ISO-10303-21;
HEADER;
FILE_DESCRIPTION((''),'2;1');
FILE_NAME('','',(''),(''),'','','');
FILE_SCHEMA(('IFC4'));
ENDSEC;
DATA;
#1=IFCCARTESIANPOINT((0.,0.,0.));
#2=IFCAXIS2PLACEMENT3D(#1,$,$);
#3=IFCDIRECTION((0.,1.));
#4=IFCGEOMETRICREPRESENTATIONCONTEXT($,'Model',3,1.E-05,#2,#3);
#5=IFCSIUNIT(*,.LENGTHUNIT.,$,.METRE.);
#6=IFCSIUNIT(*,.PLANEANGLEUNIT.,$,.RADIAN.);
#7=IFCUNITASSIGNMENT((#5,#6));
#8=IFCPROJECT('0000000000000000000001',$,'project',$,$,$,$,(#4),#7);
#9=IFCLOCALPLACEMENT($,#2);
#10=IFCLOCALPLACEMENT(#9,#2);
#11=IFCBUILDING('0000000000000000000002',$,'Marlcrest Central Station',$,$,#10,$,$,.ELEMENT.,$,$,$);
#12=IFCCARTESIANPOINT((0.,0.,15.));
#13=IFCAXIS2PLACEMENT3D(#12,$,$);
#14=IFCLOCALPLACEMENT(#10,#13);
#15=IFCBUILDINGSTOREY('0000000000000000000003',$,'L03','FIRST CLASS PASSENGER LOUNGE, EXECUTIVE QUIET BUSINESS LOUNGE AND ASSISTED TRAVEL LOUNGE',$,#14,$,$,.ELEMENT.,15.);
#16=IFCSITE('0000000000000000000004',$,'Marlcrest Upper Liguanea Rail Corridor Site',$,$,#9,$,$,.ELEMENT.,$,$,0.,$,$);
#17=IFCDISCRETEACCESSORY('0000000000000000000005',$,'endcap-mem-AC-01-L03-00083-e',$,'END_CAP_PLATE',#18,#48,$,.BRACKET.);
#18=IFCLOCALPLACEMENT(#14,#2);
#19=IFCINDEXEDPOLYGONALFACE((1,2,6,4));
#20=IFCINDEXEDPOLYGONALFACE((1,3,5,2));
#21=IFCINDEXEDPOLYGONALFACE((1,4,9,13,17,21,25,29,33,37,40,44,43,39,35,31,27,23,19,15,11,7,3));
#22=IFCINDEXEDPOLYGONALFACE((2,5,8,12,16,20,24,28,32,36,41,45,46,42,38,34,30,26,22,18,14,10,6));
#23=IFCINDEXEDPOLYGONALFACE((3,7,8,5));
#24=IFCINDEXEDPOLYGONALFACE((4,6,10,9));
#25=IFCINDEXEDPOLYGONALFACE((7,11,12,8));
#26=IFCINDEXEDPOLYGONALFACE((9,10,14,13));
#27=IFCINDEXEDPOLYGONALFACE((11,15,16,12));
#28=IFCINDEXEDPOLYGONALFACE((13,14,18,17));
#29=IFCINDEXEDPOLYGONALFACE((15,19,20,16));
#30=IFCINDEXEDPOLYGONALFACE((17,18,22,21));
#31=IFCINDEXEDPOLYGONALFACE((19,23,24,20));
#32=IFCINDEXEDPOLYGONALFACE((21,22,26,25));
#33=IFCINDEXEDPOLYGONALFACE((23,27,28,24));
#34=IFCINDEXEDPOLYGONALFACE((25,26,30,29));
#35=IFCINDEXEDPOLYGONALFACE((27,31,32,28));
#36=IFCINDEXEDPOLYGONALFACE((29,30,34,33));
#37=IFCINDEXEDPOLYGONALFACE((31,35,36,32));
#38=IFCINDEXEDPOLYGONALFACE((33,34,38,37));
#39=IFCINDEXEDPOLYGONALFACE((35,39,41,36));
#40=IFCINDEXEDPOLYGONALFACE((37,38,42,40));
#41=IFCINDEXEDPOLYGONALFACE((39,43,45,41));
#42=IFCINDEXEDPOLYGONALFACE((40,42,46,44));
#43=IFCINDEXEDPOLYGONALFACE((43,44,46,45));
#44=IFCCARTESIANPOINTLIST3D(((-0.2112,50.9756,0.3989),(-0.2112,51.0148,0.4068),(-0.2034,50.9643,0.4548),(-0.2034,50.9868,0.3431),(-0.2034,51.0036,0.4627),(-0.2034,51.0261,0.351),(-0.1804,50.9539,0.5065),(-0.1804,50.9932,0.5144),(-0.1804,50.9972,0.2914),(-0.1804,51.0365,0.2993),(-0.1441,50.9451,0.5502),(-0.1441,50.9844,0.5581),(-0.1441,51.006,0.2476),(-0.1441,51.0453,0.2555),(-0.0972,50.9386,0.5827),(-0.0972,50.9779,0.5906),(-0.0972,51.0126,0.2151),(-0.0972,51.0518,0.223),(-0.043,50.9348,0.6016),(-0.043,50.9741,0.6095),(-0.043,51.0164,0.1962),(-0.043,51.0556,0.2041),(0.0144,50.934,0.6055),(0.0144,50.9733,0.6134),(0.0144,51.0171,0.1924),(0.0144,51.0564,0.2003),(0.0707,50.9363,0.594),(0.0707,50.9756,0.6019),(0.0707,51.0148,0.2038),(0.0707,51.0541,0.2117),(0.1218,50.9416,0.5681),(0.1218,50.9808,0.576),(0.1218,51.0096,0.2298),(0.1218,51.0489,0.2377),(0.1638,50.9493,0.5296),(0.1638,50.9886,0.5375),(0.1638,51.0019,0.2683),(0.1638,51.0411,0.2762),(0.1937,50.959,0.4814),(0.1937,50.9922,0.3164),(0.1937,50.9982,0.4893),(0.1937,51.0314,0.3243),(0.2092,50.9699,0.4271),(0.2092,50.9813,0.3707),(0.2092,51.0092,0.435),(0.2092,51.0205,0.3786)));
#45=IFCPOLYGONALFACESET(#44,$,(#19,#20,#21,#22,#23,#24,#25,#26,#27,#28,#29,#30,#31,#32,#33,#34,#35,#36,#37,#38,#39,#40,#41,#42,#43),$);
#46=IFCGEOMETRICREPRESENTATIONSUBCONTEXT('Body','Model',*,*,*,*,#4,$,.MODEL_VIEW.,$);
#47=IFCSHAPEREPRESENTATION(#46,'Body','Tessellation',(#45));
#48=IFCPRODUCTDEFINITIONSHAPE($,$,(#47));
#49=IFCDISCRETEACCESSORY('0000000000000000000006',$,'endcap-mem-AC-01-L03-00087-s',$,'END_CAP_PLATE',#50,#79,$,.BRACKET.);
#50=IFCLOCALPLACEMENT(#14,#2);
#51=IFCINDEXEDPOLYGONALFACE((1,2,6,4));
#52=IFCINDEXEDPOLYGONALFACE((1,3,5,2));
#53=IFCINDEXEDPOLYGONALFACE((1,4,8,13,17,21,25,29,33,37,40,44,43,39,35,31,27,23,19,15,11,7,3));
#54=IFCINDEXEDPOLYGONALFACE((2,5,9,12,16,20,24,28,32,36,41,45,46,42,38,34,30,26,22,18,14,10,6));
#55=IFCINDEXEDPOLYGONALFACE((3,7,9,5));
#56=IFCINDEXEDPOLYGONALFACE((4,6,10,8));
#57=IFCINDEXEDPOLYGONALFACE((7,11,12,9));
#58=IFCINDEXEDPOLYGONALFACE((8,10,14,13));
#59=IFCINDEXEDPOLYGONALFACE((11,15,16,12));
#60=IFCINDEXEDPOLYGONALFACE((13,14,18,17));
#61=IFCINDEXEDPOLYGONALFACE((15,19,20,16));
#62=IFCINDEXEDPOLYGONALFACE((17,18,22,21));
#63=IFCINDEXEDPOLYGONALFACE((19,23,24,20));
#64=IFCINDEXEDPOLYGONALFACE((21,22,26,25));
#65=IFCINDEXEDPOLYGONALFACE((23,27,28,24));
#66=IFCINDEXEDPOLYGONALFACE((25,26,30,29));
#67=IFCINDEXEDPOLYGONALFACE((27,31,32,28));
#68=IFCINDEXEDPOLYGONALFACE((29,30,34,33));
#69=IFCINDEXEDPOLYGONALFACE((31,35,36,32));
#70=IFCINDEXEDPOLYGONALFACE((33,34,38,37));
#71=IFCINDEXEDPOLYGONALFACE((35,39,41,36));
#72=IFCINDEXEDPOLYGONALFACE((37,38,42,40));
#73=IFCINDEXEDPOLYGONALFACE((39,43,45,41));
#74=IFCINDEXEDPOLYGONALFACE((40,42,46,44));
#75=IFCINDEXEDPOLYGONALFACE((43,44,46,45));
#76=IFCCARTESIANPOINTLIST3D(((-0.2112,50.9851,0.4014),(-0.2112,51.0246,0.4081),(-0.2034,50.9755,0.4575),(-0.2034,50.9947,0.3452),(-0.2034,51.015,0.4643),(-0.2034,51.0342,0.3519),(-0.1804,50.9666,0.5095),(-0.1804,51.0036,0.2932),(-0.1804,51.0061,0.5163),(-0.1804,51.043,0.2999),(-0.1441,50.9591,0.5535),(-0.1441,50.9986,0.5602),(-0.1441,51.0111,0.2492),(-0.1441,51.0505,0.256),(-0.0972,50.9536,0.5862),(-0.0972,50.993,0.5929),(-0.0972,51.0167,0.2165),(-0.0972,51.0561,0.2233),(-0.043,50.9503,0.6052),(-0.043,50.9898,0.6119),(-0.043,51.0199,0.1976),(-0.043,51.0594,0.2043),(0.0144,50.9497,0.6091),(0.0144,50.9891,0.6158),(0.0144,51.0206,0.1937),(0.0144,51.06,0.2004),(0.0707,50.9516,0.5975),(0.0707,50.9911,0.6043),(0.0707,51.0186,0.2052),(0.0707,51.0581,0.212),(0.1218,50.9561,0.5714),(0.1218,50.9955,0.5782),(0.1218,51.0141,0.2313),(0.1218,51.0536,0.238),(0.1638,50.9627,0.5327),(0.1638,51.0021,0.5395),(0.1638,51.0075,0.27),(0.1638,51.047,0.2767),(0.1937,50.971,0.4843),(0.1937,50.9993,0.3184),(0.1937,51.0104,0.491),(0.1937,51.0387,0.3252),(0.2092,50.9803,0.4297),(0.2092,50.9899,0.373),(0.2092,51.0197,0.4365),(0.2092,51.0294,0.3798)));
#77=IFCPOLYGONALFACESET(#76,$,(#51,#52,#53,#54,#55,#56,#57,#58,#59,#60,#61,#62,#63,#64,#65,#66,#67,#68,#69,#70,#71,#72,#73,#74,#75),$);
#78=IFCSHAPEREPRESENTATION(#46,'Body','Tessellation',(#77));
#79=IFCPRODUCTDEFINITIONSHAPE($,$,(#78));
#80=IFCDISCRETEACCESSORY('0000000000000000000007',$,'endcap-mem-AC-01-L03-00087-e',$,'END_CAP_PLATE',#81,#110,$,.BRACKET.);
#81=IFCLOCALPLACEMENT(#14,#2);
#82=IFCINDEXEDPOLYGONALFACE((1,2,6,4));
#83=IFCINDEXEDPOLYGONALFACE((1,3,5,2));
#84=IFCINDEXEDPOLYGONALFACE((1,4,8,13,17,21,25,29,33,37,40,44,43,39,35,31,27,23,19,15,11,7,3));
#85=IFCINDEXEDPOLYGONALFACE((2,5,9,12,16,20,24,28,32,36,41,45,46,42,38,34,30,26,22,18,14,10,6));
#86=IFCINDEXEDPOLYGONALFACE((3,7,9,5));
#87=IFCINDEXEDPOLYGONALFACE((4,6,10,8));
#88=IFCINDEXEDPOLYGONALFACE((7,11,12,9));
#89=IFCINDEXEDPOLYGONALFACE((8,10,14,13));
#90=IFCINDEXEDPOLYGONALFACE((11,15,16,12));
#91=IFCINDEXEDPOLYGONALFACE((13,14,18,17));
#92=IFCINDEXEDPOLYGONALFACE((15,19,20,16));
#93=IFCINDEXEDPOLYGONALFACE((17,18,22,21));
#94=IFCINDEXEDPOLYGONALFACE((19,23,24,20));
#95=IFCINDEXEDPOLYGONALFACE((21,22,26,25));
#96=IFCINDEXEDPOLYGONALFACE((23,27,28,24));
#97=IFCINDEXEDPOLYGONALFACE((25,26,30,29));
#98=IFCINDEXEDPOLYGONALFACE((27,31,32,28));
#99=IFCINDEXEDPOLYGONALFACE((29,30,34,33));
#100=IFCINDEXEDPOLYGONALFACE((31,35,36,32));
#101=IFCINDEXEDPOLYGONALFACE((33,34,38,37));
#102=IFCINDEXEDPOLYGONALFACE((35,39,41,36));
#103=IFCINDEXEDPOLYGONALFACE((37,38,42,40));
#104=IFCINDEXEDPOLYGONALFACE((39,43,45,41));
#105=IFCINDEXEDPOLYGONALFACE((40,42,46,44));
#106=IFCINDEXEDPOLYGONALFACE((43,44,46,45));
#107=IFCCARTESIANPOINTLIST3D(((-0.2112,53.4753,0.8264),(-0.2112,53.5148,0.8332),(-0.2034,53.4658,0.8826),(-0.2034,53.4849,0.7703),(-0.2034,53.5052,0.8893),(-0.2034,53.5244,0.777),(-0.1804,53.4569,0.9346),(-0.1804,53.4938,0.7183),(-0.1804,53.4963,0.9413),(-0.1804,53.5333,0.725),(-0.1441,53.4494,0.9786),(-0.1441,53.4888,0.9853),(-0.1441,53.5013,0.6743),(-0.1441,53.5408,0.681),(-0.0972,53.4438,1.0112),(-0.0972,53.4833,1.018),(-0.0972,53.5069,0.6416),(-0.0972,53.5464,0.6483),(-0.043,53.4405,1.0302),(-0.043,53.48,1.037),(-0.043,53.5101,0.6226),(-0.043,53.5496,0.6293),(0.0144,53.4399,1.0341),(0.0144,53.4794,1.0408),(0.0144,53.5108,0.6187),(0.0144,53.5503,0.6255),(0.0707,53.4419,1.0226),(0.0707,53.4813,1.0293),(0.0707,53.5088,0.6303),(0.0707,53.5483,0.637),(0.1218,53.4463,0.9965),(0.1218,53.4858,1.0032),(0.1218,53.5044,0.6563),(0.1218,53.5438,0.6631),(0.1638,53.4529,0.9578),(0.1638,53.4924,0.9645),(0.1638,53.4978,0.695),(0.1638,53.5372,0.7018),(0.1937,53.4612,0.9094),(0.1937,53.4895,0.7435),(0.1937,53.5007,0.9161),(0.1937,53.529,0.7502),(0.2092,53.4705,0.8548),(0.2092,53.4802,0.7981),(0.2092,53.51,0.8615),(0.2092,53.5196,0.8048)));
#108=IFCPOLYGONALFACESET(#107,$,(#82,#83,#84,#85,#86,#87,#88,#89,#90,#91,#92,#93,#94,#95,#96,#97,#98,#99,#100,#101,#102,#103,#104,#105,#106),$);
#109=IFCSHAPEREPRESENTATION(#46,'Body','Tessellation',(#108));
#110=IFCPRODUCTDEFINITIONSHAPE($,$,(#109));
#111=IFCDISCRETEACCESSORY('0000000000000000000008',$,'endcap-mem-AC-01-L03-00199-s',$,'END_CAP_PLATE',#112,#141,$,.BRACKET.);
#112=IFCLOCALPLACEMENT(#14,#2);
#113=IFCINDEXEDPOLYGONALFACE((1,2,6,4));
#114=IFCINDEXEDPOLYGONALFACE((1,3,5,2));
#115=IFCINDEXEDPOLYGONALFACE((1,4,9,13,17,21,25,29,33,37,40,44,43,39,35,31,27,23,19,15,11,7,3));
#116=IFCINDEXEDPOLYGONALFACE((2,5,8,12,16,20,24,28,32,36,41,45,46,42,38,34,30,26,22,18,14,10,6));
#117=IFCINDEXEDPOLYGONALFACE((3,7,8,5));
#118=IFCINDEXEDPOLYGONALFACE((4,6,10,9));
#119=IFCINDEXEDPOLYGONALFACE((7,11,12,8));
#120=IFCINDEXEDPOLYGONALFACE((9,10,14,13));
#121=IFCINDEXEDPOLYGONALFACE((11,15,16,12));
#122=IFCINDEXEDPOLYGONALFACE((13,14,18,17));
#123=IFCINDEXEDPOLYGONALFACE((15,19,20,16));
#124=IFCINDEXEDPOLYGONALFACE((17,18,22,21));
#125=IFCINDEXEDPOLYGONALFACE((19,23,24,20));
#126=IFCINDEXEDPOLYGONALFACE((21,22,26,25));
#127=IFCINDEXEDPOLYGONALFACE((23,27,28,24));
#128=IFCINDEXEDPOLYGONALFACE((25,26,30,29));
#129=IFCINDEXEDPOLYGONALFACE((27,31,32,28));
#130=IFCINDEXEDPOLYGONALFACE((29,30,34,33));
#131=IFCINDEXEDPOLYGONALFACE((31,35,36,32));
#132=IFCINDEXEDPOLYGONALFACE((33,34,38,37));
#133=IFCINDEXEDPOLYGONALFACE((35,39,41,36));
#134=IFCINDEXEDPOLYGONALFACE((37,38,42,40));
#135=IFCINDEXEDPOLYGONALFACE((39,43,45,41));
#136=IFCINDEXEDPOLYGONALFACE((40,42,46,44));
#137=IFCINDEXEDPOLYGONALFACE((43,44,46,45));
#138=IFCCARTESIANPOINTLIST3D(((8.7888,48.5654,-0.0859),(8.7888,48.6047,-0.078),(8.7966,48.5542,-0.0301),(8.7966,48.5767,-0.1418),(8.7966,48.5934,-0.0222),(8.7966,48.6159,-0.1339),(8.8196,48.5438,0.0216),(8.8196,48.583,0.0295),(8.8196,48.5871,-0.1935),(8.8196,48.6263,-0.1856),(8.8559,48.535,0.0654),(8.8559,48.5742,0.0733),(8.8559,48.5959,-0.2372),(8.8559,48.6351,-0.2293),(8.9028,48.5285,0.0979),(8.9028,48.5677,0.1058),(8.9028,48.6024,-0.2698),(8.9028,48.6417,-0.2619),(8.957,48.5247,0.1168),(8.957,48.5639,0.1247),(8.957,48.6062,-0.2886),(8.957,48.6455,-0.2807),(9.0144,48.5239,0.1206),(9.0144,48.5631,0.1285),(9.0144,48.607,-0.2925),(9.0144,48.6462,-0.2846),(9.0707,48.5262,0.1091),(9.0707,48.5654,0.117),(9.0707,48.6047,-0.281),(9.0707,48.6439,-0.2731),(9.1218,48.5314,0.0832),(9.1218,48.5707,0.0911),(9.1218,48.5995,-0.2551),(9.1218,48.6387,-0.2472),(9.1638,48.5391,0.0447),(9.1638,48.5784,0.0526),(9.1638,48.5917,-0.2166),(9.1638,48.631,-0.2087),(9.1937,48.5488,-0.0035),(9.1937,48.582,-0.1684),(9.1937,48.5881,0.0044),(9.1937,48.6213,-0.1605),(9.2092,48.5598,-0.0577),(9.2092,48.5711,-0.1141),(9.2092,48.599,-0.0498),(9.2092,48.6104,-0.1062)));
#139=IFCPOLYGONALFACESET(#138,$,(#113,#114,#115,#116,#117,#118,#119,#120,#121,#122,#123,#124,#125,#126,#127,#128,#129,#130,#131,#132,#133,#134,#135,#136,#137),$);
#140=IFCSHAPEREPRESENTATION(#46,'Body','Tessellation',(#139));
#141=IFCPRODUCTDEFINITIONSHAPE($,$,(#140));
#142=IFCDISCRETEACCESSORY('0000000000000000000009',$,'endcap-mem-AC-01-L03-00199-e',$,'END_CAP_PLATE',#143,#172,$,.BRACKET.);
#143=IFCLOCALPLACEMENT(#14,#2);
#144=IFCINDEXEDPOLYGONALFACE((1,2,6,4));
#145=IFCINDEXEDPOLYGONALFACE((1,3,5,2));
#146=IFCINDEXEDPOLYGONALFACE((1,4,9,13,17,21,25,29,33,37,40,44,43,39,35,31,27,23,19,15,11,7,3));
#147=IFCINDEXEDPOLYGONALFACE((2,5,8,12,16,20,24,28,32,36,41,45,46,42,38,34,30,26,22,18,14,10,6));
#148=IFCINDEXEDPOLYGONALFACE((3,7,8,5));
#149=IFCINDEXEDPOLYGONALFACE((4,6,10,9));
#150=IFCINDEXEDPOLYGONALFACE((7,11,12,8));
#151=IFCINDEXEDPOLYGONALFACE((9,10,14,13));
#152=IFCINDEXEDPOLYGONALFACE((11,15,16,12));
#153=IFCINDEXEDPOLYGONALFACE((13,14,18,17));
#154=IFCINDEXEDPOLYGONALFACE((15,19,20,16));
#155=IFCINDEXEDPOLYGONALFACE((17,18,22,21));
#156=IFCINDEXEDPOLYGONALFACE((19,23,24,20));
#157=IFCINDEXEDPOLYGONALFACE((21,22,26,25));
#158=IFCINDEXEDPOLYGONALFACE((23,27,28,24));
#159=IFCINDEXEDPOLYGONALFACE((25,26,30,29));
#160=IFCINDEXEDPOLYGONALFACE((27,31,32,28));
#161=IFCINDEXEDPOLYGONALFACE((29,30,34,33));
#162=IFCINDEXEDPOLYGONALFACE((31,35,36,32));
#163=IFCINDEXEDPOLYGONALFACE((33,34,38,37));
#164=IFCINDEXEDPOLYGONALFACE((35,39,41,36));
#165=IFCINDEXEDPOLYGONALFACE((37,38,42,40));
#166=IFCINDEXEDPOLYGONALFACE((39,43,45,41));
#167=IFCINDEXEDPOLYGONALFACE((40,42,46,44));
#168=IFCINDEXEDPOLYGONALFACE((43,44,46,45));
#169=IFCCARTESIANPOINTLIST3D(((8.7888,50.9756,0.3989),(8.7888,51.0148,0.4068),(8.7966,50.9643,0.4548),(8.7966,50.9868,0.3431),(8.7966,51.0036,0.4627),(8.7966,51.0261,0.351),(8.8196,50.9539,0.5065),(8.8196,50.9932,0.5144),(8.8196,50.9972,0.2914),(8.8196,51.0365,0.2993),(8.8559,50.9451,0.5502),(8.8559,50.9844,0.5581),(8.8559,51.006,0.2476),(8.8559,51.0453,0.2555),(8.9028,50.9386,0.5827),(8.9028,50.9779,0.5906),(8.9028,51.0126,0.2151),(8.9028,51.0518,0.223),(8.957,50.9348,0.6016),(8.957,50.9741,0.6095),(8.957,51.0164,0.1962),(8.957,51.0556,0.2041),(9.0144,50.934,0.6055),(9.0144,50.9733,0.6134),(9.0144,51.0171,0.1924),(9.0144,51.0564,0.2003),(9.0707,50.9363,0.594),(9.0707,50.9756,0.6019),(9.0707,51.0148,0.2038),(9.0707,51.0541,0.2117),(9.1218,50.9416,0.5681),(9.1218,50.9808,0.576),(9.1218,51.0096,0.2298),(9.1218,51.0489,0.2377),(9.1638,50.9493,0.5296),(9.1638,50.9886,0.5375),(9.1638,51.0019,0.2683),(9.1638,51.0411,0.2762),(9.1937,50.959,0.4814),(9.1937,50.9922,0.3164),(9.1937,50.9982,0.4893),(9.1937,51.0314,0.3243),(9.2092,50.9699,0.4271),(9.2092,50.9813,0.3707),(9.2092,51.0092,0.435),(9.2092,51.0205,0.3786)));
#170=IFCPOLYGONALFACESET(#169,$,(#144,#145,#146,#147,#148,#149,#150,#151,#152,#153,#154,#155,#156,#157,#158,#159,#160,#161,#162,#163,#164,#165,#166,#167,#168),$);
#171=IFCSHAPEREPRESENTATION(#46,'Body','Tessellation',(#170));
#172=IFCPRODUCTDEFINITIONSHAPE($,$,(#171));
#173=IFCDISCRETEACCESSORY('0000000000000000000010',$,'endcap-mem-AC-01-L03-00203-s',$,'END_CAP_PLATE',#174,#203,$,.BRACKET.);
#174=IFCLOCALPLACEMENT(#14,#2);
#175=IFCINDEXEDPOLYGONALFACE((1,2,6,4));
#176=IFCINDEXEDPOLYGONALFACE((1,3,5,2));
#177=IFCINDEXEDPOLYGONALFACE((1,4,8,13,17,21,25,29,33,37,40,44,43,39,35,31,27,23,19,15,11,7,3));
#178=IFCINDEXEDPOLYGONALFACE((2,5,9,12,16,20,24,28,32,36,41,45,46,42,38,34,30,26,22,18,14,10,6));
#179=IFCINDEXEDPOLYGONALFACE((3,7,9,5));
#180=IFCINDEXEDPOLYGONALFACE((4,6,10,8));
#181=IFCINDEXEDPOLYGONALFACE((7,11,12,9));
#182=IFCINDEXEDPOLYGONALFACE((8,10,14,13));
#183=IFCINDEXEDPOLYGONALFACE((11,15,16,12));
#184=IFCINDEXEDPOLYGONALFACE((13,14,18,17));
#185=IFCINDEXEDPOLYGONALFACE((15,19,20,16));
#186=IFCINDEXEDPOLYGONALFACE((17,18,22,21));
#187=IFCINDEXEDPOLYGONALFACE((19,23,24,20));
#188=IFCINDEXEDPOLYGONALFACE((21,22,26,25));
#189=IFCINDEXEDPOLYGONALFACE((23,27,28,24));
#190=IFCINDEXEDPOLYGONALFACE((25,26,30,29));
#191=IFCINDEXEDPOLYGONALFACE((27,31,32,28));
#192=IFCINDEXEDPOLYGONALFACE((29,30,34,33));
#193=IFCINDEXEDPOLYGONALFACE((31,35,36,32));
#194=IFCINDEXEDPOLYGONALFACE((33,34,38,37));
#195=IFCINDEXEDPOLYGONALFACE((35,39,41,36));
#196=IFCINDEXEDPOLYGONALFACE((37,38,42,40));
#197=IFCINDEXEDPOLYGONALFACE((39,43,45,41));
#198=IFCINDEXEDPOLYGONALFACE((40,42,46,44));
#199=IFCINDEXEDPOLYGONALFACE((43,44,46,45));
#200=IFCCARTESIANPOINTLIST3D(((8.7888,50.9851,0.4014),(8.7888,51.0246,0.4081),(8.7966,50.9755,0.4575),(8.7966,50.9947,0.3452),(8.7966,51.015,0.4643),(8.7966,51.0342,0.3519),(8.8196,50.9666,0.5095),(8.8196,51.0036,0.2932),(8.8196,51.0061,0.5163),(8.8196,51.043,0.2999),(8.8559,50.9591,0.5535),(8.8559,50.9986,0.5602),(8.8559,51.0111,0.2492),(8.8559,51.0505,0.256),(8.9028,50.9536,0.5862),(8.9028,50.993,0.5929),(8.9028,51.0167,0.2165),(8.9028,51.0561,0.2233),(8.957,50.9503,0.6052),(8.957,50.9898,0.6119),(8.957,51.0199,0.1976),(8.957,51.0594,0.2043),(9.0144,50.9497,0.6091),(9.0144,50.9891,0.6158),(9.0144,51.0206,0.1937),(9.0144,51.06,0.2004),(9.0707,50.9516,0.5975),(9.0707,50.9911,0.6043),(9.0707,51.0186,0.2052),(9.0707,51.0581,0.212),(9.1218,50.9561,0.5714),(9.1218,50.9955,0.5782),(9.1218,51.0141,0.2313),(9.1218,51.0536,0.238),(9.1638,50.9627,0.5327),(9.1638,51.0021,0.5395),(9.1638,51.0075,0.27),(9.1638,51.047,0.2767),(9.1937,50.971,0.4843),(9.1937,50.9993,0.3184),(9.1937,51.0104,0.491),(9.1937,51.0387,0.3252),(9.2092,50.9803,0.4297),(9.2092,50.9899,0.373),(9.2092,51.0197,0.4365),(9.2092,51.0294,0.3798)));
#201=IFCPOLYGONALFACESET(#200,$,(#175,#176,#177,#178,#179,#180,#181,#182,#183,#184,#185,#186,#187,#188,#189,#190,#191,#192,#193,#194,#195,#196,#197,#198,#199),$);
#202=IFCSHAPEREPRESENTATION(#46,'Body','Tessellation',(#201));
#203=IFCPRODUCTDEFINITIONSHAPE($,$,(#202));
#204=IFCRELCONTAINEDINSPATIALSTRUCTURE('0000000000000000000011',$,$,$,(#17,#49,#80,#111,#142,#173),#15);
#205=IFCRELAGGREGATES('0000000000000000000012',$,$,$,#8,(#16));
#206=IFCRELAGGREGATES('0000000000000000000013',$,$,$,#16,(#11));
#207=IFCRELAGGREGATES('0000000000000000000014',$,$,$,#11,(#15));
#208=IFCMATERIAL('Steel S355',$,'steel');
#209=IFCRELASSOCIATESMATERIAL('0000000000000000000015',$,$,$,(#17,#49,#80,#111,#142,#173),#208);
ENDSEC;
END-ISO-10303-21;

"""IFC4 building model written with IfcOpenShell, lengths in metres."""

from ifc_helpers import new_model, si_unit, direction, frame, origin, origin_2d, place, context, subcontext, project, spatial, circle, extrude, material, element, save


model = new_model("IFC4")

# Units and contexts
model_context = context("Model", 3, precision=1e-05, world=origin(), true_north=direction((0.0, 1.0)))
body_context = subcontext(model_context, "Body", "Model", "MODEL_VIEW")
ifc_project = project(units=[si_unit("LENGTHUNIT", "METRE"), si_unit("PLANEANGLEUNIT", "RADIAN")], contexts=[model_context])

# Site, building, storey
site_placement = place(None, origin())
site = spatial("IfcSite", under=ifc_project, at=site_placement, Name="Marlcrest Upper Liguanea Rail Corridor Site", CompositionType="ELEMENT", RefElevation=0.0)
building_placement = place(site_placement, origin())
building = spatial("IfcBuilding", under=site, at=building_placement, Name="Marlcrest Central Station", CompositionType="ELEMENT")
storey_placement = place(building_placement, frame((0.0, 0.0, 15.0)))
storey = spatial("IfcBuildingStorey", under=building, at=storey_placement, Name="L03", Description="FIRST CLASS PASSENGER LOUNGE, EXECUTIVE QUIET BUSINESS LOUNGE AND ASSISTED TRAVEL LOUNGE", CompositionType="ELEMENT", Elevation=15.0)

# Shared definitions
ifc_material_1 = material(Name="Steel S355", Category="steel")

# Discrete accessories
for number, where, z_axis, x_axis, name in (
    (1, (0.0, 50.9756, 0.3989), (0.0, 0.980359, 0.197219), (-1.0, 0.0, 0.0), "endcap-mem-AC-01-L03-00083-e"),
    (2, (0.0, 50.9851, 0.4014), (0.0, 0.985741, 0.168269), (-1.0, 0.0, 0.0), "endcap-mem-AC-01-L03-00087-s"),
    (3, (0.0, 53.4753, 0.8264), (0.0, 0.985741, 0.168269), (-1.0, 0.0, 0.0), "endcap-mem-AC-01-L03-00087-e"),
    (4, (9.0, 48.5654, -0.0859), (0.0, 0.980359, 0.197219), (-1.0, 0.0, 0.0), "endcap-mem-AC-01-L03-00199-s"),
    (5, (9.0, 50.9756, 0.3989), (0.0, 0.980359, 0.197219), (-1.0, 0.0, 0.0), "endcap-mem-AC-01-L03-00199-e"),
    (6, (9.0, 50.9851, 0.4014), (0.0, 0.985741, 0.168269), (-1.0, 0.0, 0.0), "endcap-mem-AC-01-L03-00203-s"),
):
    element("IfcDiscreteAccessory", number, at=place(storey_placement, frame(where, z_axis=z_axis, x_axis=x_axis)), inside=storey, material=ifc_material_1, Name=name, ObjectType="END_CAP_PLATE", PredefinedType="BRACKET", context=body_context, shape_type="SweptSolid", body=[
        extrude(circle(Radius=0.2112, at=origin_2d()), origin(), (0.0, 0.0, 1.0), 0.04),
    ])

save(model, "model.ifc")
